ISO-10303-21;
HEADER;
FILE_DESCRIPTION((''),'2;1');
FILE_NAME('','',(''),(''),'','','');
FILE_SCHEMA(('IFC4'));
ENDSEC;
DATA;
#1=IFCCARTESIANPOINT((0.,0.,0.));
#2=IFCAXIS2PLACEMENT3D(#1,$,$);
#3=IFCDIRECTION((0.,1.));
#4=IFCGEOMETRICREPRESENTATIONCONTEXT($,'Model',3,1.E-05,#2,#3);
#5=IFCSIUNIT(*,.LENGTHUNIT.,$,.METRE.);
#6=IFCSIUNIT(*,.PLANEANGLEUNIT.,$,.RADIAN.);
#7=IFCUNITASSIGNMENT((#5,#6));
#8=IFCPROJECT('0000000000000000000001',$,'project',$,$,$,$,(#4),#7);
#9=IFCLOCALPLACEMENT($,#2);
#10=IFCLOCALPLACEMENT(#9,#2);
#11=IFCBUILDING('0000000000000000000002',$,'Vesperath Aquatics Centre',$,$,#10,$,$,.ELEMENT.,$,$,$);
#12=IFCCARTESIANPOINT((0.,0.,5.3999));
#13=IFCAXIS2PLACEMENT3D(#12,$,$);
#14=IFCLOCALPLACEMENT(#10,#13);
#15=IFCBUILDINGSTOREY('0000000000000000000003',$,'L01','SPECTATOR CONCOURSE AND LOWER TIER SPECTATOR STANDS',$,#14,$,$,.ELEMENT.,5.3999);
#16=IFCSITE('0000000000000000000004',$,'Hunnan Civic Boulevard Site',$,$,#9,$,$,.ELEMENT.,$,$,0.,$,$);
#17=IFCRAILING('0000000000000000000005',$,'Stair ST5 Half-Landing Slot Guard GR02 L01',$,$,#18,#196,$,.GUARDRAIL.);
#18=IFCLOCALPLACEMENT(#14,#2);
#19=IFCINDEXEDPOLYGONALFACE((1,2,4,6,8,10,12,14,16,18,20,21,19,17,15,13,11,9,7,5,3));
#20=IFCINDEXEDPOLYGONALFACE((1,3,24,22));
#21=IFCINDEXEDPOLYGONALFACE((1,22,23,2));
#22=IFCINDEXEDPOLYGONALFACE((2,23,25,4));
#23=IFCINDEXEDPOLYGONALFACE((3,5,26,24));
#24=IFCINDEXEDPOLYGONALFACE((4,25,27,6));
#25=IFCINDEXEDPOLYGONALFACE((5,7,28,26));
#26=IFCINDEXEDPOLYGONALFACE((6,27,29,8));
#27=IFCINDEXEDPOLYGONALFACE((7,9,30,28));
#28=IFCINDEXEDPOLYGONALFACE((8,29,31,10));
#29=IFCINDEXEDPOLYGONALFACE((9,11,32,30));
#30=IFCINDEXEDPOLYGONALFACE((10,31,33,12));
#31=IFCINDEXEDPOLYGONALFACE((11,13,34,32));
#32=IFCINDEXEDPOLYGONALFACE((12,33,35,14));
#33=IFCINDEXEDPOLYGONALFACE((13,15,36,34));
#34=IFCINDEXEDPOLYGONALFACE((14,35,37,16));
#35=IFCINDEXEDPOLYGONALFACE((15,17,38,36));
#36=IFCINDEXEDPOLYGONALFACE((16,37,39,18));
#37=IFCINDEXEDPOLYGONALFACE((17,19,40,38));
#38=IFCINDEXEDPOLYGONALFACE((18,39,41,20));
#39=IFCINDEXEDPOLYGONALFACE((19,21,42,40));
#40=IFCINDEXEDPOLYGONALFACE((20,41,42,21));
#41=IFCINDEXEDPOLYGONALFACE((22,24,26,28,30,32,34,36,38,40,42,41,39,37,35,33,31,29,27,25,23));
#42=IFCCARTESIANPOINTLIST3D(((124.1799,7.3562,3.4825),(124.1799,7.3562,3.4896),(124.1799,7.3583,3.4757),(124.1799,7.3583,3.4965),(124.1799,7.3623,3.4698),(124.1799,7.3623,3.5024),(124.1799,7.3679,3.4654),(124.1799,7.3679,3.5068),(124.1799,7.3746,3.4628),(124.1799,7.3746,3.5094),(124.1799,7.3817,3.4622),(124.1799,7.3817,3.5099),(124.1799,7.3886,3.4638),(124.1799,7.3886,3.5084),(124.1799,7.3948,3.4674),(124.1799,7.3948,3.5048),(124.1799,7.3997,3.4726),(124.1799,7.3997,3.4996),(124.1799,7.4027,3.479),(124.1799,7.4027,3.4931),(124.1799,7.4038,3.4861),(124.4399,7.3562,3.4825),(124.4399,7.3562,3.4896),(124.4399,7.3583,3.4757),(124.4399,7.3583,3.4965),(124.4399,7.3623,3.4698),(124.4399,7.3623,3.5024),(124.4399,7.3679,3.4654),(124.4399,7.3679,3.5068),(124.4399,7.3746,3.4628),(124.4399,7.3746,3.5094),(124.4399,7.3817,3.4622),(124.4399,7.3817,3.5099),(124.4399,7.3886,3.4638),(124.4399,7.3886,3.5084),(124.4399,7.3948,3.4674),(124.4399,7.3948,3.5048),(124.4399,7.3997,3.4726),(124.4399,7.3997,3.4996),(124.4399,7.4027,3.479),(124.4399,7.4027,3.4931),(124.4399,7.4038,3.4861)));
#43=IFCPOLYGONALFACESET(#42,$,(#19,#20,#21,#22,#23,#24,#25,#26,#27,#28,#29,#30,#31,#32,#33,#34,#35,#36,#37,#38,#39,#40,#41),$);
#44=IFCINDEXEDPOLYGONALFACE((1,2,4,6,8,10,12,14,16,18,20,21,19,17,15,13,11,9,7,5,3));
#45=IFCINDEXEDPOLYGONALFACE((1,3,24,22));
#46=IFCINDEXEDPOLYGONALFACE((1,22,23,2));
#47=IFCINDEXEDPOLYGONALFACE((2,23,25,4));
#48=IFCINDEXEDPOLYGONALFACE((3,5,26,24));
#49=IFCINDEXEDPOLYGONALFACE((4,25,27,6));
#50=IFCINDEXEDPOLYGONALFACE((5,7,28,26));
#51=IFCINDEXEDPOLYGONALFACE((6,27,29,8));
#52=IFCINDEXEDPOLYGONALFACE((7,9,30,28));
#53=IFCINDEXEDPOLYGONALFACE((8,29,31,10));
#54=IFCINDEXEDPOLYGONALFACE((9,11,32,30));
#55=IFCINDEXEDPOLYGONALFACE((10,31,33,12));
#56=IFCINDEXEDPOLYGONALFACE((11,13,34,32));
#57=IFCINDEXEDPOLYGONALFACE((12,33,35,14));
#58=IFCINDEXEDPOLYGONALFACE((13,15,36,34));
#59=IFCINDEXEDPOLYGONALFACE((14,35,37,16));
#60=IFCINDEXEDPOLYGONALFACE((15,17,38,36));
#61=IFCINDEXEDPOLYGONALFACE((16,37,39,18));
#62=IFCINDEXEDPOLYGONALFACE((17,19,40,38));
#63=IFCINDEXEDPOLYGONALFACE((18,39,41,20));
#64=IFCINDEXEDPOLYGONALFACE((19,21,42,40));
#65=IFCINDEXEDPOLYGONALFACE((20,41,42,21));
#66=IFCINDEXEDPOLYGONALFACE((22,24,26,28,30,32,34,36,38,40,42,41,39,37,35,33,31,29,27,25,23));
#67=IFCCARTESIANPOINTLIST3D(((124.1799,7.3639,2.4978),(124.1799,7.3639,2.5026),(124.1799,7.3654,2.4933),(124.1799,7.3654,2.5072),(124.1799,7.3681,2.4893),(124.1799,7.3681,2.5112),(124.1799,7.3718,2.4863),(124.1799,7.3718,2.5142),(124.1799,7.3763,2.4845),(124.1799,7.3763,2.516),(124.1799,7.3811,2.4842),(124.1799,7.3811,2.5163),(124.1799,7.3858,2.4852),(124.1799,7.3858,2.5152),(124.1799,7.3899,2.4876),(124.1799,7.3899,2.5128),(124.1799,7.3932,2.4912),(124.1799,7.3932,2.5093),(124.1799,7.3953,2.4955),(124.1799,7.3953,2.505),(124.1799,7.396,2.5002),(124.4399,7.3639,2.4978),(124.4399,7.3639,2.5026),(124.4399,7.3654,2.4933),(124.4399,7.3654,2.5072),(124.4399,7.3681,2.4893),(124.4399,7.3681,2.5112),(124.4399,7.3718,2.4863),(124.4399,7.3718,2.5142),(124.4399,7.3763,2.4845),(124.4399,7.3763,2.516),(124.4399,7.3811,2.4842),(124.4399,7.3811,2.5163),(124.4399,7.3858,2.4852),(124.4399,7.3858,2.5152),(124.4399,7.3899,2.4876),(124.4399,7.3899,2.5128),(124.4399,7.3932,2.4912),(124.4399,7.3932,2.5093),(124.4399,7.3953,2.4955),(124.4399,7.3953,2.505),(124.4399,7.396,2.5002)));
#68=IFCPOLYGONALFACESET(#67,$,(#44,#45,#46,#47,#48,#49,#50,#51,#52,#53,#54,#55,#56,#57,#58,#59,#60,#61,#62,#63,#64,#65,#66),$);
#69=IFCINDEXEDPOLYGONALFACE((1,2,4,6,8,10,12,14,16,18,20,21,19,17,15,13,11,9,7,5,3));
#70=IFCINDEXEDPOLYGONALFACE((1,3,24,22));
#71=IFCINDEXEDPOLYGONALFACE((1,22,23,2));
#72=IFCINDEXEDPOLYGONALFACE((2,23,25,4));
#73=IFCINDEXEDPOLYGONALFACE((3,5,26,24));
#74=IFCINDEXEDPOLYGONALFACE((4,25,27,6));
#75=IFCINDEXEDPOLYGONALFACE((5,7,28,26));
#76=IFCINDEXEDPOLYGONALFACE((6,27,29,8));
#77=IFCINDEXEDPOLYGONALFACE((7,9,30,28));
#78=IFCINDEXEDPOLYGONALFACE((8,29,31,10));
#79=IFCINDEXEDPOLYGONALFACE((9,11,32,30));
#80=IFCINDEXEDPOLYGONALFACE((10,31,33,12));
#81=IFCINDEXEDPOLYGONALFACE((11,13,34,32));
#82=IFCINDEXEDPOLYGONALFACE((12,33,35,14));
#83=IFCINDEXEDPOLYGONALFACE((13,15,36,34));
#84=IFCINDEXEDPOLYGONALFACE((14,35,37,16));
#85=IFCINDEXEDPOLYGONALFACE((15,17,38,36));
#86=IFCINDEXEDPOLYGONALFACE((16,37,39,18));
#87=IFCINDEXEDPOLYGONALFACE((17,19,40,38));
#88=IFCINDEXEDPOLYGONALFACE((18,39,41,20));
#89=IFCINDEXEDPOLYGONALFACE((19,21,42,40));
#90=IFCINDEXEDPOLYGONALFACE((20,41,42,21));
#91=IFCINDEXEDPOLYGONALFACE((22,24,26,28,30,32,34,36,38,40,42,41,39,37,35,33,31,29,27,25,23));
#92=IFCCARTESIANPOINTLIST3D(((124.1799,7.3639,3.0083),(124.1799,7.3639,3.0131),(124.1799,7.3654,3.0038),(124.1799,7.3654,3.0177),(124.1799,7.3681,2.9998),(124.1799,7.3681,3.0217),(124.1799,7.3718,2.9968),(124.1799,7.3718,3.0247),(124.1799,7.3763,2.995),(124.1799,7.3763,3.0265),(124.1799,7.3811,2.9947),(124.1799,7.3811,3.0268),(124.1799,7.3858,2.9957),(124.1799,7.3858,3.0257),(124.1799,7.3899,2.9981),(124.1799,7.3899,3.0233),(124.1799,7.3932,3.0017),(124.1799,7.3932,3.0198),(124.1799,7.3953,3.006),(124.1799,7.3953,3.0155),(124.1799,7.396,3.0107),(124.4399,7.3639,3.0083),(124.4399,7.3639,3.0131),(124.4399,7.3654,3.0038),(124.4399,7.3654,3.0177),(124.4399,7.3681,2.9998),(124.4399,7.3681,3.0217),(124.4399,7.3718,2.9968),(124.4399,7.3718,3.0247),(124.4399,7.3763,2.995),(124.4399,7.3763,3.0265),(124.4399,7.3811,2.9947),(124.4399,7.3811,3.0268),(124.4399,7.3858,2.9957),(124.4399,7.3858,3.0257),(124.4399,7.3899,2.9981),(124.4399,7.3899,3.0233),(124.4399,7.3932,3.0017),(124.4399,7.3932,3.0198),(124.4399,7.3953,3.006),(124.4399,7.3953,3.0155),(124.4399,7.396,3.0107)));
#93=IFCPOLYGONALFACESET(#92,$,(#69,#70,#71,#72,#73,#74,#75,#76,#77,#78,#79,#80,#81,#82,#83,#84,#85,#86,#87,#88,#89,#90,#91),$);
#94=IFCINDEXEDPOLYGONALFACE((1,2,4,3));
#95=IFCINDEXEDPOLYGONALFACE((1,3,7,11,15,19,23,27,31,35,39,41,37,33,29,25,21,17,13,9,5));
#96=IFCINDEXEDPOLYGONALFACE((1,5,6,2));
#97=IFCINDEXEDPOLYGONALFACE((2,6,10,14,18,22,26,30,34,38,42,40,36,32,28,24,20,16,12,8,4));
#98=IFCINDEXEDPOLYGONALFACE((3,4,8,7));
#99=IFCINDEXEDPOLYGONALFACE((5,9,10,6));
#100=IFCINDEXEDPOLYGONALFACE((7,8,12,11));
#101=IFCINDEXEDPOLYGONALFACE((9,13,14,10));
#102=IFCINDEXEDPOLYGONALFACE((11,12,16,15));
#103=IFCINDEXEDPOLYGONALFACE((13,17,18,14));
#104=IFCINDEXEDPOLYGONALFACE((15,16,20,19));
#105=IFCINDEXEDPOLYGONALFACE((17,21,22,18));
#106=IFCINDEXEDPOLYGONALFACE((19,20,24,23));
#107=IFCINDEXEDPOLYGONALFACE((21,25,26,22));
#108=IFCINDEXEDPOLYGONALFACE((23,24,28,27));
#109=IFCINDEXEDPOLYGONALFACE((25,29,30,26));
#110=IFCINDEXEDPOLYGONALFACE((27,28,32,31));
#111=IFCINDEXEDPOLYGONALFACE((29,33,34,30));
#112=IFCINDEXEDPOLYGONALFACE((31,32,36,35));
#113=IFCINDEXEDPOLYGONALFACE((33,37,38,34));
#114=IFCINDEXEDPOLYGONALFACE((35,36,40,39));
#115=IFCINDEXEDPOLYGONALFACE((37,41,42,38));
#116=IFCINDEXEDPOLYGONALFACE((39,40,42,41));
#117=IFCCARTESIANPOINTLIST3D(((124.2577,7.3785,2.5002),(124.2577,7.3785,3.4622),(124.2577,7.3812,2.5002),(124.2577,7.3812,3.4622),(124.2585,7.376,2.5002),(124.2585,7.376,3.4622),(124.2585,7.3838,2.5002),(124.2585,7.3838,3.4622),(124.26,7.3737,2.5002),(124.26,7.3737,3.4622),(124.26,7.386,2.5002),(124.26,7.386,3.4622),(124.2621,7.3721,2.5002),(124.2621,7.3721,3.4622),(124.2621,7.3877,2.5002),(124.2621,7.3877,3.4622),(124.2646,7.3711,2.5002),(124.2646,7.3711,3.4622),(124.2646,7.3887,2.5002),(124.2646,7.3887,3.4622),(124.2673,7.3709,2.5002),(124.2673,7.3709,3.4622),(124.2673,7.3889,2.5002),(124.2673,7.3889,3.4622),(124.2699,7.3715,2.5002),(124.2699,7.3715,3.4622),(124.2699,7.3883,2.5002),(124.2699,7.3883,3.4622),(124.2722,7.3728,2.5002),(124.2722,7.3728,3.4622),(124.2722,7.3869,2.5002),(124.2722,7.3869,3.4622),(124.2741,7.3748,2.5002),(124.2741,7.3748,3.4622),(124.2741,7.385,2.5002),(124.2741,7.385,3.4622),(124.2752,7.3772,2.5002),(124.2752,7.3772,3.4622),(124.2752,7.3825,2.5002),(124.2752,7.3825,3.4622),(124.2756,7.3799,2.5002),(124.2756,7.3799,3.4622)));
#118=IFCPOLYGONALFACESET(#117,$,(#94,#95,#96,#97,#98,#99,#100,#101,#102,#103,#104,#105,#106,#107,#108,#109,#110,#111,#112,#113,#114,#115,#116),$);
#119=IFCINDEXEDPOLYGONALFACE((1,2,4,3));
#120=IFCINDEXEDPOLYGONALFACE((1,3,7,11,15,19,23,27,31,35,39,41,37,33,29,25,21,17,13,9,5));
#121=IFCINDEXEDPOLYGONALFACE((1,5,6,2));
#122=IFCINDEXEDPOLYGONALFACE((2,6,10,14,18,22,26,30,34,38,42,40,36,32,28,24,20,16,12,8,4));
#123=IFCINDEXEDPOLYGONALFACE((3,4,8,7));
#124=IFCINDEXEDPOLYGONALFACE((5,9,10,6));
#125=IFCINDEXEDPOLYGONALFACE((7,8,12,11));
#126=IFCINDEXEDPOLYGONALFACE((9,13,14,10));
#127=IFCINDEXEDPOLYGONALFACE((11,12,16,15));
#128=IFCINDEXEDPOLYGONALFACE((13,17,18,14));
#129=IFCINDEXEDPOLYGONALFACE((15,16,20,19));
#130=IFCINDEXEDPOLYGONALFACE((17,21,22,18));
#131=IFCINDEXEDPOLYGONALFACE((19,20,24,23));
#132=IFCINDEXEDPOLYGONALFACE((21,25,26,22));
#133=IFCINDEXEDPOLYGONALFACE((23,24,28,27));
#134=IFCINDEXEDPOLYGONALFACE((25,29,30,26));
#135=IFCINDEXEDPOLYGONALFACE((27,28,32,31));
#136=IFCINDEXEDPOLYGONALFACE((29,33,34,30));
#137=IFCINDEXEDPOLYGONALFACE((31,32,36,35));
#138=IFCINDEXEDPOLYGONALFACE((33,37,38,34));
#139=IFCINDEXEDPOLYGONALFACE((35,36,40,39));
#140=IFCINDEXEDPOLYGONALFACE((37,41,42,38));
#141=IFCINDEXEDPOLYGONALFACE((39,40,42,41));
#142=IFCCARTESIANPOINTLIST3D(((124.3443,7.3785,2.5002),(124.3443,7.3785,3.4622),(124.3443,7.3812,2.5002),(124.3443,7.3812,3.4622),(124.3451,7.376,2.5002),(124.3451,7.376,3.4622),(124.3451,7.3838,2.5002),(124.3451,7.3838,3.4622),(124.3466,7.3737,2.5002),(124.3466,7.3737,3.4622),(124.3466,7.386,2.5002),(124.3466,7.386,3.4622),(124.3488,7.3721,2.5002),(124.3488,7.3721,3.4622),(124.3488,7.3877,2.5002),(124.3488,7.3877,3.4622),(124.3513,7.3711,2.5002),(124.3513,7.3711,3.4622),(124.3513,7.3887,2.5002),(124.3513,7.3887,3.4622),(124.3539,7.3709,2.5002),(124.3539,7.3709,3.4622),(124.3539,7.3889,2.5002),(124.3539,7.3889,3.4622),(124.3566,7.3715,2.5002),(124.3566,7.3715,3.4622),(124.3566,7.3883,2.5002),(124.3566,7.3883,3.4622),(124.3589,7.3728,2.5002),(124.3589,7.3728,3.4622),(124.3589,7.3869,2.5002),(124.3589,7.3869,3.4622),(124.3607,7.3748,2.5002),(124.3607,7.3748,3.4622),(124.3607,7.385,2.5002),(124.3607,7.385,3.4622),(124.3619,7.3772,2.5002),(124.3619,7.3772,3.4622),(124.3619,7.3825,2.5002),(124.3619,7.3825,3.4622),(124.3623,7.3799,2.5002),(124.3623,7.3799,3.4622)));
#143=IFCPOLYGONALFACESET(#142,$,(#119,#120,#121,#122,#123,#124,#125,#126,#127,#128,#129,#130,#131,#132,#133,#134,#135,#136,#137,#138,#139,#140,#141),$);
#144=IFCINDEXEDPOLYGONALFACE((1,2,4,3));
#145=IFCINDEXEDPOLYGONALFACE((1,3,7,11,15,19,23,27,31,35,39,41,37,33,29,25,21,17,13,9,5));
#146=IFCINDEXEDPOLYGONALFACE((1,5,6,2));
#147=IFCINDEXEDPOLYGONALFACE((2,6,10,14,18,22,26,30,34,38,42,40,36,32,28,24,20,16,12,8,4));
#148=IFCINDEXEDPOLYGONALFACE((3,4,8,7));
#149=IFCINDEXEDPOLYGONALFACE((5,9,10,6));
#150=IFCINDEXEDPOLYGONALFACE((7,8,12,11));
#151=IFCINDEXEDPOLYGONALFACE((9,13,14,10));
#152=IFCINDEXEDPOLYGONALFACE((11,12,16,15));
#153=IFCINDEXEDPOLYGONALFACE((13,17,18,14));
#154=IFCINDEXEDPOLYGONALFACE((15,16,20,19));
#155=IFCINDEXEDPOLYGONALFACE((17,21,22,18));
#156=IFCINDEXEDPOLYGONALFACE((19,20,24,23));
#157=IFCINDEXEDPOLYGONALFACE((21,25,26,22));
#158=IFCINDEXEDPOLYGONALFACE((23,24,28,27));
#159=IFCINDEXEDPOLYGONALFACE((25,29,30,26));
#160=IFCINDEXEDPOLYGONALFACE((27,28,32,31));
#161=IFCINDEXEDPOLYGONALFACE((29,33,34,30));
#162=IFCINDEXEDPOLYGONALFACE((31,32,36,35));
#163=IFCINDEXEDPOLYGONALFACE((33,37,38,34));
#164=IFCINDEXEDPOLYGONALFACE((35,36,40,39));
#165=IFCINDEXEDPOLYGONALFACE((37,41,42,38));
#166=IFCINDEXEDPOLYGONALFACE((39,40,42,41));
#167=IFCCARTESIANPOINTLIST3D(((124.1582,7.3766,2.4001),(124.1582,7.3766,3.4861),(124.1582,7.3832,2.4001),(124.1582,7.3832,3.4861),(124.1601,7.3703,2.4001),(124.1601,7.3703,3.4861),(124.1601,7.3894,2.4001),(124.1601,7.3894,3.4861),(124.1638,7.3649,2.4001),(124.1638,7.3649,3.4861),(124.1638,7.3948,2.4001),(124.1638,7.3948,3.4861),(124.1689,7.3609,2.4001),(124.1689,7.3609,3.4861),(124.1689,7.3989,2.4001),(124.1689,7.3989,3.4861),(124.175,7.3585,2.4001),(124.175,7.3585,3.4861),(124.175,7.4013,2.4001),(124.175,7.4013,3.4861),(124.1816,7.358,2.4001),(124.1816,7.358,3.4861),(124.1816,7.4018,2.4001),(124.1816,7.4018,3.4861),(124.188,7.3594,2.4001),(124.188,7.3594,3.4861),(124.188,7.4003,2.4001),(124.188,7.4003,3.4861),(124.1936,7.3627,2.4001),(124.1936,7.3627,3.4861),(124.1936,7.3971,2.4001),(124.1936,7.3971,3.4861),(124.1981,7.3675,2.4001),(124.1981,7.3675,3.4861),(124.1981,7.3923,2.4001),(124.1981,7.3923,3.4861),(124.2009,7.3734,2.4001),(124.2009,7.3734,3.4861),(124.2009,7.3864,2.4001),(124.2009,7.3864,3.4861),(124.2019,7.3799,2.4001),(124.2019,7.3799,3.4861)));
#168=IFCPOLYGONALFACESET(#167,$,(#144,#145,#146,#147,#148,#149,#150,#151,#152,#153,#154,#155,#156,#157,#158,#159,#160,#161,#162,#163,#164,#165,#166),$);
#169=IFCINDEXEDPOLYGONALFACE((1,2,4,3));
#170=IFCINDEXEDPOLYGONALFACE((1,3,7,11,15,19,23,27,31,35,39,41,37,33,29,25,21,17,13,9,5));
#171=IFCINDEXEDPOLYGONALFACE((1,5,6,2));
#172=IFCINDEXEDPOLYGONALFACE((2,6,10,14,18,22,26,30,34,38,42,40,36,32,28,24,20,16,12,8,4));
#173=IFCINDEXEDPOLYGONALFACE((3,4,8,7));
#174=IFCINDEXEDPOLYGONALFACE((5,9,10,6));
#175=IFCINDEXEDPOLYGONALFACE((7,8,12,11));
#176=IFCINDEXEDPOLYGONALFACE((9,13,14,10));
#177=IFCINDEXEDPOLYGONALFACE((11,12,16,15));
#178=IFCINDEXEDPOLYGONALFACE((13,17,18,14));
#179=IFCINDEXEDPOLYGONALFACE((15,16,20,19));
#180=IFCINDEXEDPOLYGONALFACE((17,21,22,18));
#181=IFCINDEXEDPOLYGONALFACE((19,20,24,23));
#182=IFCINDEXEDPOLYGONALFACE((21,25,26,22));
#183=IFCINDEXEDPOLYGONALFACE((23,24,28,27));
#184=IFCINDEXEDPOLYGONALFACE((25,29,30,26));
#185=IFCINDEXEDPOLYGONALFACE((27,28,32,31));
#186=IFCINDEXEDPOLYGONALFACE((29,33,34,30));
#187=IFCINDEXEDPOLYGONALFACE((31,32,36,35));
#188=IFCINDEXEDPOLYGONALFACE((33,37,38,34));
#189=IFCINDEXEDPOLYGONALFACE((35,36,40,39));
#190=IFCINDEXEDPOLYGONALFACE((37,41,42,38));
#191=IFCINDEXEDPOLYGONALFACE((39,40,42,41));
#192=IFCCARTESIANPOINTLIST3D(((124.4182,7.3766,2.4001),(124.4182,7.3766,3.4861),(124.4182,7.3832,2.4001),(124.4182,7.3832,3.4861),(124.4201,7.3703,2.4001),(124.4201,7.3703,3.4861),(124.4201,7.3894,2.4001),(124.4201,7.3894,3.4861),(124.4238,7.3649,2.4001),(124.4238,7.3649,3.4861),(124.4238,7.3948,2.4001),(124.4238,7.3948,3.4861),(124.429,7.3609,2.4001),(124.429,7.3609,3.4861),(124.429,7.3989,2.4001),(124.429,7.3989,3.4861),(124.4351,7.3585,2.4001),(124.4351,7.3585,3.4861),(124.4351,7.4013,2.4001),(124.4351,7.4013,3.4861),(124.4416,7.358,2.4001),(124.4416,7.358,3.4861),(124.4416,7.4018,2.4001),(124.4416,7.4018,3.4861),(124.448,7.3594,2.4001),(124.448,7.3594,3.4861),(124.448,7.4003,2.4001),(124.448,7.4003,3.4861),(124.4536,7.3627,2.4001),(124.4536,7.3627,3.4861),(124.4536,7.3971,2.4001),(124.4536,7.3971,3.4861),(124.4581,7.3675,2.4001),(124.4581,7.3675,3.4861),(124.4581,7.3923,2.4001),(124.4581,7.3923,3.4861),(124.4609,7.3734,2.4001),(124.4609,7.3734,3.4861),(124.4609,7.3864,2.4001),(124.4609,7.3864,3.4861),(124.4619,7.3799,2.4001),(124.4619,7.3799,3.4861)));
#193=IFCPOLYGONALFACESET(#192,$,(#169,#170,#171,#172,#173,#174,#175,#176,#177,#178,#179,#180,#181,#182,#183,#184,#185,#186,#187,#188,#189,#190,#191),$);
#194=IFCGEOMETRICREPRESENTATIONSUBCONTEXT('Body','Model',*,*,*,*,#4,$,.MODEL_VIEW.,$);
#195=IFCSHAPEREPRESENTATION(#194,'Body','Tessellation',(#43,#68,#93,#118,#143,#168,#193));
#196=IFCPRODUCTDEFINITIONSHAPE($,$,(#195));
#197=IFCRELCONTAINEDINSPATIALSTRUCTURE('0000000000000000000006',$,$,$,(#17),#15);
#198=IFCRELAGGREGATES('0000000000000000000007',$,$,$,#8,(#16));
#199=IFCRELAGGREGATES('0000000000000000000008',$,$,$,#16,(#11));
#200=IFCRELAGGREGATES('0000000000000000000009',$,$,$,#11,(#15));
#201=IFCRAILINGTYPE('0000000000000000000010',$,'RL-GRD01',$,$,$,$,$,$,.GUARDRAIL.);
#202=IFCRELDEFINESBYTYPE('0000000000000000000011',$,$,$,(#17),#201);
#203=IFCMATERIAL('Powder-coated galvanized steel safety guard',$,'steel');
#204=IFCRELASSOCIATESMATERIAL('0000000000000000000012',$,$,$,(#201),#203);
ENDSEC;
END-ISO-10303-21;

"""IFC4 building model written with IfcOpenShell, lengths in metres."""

from ifc_helpers import new_model, si_unit, direction, frame, origin, origin_2d, place, context, subcontext, project, spatial, circle, extrude, material, type_object, element, save


model = new_model("IFC4")

# Units and contexts
model_context = context("Model", 3, precision=1e-05, world=origin(), true_north=direction((0.0, 1.0)))
body_context = subcontext(model_context, "Body", "Model", "MODEL_VIEW")
ifc_project = project(units=[si_unit("LENGTHUNIT", "METRE"), si_unit("PLANEANGLEUNIT", "RADIAN")], contexts=[model_context])

# Site, building, storey
site_placement = place(None, origin())
site = spatial("IfcSite", under=ifc_project, at=site_placement, Name="Hunnan Civic Boulevard Site", CompositionType="ELEMENT", RefElevation=0.0)
building_placement = place(site_placement, origin())
building = spatial("IfcBuilding", under=site, at=building_placement, Name="Vesperath Aquatics Centre", CompositionType="ELEMENT")
storey_placement = place(building_placement, frame((0.0, 0.0, 5.3999)))
storey = spatial("IfcBuildingStorey", under=building, at=storey_placement, Name="L01", Description="SPECTATOR CONCOURSE AND LOWER TIER SPECTATOR STANDS", CompositionType="ELEMENT", Elevation=5.3999)

# Railing
ifc_material_1 = material(Name="Powder-coated galvanized steel safety guard", Category="steel")
railing_type_1 = type_object("IfcRailingType", Name="RL-GRD01", PredefinedType="GUARDRAIL", material=ifc_material_1)
railing_1_placement = place(storey_placement, frame((124.1799, 7.3799, 2.4001)))
element("IfcRailing", 1, at=railing_1_placement, inside=storey, type_object=railing_type_1, Name="Stair ST5 Half-Landing Slot Guard GR02 L01", PredefinedType="GUARDRAIL", context=body_context, shape_type="SweptSolid", body=[
    extrude(circle(Radius=0.0239, at=origin_2d()), frame((0.0, 0.0, 1.0859), z_axis=(1.0, 0.0, 0.0), x_axis=(0.0, 1.0, 0.0)), (0.0, 0.0, 1.0), 0.26),
    extrude(circle(Radius=0.0161, at=origin_2d()), frame((0.0, 0.0, 0.1001), z_axis=(1.0, 0.0, 0.0), x_axis=(0.0, 1.0, 0.0)), (0.0, 0.0, 1.0), 0.26),
    extrude(circle(Radius=0.0161, at=origin_2d()), frame((0.0, 0.0, 0.6106), z_axis=(1.0, 0.0, 0.0), x_axis=(0.0, 1.0, 0.0)), (0.0, 0.0, 1.0), 0.26),
    extrude(circle(Radius=0.009, at=origin_2d()), frame((0.0867, 0.0, 0.1001)), (0.0, 0.0, 1.0), 0.9619),
    extrude(circle(Radius=0.009, at=origin_2d()), frame((0.1733, 0.0, 0.1001)), (0.0, 0.0, 1.0), 0.9619),
    extrude(circle(Radius=0.022, at=origin_2d()), origin(), (0.0, 0.0, 1.0), 1.0859),
    extrude(circle(Radius=0.022, at=origin_2d()), frame((0.26, 0.0, 0.0)), (0.0, 0.0, 1.0), 1.0859),
])

save(model, "model.ifc")
